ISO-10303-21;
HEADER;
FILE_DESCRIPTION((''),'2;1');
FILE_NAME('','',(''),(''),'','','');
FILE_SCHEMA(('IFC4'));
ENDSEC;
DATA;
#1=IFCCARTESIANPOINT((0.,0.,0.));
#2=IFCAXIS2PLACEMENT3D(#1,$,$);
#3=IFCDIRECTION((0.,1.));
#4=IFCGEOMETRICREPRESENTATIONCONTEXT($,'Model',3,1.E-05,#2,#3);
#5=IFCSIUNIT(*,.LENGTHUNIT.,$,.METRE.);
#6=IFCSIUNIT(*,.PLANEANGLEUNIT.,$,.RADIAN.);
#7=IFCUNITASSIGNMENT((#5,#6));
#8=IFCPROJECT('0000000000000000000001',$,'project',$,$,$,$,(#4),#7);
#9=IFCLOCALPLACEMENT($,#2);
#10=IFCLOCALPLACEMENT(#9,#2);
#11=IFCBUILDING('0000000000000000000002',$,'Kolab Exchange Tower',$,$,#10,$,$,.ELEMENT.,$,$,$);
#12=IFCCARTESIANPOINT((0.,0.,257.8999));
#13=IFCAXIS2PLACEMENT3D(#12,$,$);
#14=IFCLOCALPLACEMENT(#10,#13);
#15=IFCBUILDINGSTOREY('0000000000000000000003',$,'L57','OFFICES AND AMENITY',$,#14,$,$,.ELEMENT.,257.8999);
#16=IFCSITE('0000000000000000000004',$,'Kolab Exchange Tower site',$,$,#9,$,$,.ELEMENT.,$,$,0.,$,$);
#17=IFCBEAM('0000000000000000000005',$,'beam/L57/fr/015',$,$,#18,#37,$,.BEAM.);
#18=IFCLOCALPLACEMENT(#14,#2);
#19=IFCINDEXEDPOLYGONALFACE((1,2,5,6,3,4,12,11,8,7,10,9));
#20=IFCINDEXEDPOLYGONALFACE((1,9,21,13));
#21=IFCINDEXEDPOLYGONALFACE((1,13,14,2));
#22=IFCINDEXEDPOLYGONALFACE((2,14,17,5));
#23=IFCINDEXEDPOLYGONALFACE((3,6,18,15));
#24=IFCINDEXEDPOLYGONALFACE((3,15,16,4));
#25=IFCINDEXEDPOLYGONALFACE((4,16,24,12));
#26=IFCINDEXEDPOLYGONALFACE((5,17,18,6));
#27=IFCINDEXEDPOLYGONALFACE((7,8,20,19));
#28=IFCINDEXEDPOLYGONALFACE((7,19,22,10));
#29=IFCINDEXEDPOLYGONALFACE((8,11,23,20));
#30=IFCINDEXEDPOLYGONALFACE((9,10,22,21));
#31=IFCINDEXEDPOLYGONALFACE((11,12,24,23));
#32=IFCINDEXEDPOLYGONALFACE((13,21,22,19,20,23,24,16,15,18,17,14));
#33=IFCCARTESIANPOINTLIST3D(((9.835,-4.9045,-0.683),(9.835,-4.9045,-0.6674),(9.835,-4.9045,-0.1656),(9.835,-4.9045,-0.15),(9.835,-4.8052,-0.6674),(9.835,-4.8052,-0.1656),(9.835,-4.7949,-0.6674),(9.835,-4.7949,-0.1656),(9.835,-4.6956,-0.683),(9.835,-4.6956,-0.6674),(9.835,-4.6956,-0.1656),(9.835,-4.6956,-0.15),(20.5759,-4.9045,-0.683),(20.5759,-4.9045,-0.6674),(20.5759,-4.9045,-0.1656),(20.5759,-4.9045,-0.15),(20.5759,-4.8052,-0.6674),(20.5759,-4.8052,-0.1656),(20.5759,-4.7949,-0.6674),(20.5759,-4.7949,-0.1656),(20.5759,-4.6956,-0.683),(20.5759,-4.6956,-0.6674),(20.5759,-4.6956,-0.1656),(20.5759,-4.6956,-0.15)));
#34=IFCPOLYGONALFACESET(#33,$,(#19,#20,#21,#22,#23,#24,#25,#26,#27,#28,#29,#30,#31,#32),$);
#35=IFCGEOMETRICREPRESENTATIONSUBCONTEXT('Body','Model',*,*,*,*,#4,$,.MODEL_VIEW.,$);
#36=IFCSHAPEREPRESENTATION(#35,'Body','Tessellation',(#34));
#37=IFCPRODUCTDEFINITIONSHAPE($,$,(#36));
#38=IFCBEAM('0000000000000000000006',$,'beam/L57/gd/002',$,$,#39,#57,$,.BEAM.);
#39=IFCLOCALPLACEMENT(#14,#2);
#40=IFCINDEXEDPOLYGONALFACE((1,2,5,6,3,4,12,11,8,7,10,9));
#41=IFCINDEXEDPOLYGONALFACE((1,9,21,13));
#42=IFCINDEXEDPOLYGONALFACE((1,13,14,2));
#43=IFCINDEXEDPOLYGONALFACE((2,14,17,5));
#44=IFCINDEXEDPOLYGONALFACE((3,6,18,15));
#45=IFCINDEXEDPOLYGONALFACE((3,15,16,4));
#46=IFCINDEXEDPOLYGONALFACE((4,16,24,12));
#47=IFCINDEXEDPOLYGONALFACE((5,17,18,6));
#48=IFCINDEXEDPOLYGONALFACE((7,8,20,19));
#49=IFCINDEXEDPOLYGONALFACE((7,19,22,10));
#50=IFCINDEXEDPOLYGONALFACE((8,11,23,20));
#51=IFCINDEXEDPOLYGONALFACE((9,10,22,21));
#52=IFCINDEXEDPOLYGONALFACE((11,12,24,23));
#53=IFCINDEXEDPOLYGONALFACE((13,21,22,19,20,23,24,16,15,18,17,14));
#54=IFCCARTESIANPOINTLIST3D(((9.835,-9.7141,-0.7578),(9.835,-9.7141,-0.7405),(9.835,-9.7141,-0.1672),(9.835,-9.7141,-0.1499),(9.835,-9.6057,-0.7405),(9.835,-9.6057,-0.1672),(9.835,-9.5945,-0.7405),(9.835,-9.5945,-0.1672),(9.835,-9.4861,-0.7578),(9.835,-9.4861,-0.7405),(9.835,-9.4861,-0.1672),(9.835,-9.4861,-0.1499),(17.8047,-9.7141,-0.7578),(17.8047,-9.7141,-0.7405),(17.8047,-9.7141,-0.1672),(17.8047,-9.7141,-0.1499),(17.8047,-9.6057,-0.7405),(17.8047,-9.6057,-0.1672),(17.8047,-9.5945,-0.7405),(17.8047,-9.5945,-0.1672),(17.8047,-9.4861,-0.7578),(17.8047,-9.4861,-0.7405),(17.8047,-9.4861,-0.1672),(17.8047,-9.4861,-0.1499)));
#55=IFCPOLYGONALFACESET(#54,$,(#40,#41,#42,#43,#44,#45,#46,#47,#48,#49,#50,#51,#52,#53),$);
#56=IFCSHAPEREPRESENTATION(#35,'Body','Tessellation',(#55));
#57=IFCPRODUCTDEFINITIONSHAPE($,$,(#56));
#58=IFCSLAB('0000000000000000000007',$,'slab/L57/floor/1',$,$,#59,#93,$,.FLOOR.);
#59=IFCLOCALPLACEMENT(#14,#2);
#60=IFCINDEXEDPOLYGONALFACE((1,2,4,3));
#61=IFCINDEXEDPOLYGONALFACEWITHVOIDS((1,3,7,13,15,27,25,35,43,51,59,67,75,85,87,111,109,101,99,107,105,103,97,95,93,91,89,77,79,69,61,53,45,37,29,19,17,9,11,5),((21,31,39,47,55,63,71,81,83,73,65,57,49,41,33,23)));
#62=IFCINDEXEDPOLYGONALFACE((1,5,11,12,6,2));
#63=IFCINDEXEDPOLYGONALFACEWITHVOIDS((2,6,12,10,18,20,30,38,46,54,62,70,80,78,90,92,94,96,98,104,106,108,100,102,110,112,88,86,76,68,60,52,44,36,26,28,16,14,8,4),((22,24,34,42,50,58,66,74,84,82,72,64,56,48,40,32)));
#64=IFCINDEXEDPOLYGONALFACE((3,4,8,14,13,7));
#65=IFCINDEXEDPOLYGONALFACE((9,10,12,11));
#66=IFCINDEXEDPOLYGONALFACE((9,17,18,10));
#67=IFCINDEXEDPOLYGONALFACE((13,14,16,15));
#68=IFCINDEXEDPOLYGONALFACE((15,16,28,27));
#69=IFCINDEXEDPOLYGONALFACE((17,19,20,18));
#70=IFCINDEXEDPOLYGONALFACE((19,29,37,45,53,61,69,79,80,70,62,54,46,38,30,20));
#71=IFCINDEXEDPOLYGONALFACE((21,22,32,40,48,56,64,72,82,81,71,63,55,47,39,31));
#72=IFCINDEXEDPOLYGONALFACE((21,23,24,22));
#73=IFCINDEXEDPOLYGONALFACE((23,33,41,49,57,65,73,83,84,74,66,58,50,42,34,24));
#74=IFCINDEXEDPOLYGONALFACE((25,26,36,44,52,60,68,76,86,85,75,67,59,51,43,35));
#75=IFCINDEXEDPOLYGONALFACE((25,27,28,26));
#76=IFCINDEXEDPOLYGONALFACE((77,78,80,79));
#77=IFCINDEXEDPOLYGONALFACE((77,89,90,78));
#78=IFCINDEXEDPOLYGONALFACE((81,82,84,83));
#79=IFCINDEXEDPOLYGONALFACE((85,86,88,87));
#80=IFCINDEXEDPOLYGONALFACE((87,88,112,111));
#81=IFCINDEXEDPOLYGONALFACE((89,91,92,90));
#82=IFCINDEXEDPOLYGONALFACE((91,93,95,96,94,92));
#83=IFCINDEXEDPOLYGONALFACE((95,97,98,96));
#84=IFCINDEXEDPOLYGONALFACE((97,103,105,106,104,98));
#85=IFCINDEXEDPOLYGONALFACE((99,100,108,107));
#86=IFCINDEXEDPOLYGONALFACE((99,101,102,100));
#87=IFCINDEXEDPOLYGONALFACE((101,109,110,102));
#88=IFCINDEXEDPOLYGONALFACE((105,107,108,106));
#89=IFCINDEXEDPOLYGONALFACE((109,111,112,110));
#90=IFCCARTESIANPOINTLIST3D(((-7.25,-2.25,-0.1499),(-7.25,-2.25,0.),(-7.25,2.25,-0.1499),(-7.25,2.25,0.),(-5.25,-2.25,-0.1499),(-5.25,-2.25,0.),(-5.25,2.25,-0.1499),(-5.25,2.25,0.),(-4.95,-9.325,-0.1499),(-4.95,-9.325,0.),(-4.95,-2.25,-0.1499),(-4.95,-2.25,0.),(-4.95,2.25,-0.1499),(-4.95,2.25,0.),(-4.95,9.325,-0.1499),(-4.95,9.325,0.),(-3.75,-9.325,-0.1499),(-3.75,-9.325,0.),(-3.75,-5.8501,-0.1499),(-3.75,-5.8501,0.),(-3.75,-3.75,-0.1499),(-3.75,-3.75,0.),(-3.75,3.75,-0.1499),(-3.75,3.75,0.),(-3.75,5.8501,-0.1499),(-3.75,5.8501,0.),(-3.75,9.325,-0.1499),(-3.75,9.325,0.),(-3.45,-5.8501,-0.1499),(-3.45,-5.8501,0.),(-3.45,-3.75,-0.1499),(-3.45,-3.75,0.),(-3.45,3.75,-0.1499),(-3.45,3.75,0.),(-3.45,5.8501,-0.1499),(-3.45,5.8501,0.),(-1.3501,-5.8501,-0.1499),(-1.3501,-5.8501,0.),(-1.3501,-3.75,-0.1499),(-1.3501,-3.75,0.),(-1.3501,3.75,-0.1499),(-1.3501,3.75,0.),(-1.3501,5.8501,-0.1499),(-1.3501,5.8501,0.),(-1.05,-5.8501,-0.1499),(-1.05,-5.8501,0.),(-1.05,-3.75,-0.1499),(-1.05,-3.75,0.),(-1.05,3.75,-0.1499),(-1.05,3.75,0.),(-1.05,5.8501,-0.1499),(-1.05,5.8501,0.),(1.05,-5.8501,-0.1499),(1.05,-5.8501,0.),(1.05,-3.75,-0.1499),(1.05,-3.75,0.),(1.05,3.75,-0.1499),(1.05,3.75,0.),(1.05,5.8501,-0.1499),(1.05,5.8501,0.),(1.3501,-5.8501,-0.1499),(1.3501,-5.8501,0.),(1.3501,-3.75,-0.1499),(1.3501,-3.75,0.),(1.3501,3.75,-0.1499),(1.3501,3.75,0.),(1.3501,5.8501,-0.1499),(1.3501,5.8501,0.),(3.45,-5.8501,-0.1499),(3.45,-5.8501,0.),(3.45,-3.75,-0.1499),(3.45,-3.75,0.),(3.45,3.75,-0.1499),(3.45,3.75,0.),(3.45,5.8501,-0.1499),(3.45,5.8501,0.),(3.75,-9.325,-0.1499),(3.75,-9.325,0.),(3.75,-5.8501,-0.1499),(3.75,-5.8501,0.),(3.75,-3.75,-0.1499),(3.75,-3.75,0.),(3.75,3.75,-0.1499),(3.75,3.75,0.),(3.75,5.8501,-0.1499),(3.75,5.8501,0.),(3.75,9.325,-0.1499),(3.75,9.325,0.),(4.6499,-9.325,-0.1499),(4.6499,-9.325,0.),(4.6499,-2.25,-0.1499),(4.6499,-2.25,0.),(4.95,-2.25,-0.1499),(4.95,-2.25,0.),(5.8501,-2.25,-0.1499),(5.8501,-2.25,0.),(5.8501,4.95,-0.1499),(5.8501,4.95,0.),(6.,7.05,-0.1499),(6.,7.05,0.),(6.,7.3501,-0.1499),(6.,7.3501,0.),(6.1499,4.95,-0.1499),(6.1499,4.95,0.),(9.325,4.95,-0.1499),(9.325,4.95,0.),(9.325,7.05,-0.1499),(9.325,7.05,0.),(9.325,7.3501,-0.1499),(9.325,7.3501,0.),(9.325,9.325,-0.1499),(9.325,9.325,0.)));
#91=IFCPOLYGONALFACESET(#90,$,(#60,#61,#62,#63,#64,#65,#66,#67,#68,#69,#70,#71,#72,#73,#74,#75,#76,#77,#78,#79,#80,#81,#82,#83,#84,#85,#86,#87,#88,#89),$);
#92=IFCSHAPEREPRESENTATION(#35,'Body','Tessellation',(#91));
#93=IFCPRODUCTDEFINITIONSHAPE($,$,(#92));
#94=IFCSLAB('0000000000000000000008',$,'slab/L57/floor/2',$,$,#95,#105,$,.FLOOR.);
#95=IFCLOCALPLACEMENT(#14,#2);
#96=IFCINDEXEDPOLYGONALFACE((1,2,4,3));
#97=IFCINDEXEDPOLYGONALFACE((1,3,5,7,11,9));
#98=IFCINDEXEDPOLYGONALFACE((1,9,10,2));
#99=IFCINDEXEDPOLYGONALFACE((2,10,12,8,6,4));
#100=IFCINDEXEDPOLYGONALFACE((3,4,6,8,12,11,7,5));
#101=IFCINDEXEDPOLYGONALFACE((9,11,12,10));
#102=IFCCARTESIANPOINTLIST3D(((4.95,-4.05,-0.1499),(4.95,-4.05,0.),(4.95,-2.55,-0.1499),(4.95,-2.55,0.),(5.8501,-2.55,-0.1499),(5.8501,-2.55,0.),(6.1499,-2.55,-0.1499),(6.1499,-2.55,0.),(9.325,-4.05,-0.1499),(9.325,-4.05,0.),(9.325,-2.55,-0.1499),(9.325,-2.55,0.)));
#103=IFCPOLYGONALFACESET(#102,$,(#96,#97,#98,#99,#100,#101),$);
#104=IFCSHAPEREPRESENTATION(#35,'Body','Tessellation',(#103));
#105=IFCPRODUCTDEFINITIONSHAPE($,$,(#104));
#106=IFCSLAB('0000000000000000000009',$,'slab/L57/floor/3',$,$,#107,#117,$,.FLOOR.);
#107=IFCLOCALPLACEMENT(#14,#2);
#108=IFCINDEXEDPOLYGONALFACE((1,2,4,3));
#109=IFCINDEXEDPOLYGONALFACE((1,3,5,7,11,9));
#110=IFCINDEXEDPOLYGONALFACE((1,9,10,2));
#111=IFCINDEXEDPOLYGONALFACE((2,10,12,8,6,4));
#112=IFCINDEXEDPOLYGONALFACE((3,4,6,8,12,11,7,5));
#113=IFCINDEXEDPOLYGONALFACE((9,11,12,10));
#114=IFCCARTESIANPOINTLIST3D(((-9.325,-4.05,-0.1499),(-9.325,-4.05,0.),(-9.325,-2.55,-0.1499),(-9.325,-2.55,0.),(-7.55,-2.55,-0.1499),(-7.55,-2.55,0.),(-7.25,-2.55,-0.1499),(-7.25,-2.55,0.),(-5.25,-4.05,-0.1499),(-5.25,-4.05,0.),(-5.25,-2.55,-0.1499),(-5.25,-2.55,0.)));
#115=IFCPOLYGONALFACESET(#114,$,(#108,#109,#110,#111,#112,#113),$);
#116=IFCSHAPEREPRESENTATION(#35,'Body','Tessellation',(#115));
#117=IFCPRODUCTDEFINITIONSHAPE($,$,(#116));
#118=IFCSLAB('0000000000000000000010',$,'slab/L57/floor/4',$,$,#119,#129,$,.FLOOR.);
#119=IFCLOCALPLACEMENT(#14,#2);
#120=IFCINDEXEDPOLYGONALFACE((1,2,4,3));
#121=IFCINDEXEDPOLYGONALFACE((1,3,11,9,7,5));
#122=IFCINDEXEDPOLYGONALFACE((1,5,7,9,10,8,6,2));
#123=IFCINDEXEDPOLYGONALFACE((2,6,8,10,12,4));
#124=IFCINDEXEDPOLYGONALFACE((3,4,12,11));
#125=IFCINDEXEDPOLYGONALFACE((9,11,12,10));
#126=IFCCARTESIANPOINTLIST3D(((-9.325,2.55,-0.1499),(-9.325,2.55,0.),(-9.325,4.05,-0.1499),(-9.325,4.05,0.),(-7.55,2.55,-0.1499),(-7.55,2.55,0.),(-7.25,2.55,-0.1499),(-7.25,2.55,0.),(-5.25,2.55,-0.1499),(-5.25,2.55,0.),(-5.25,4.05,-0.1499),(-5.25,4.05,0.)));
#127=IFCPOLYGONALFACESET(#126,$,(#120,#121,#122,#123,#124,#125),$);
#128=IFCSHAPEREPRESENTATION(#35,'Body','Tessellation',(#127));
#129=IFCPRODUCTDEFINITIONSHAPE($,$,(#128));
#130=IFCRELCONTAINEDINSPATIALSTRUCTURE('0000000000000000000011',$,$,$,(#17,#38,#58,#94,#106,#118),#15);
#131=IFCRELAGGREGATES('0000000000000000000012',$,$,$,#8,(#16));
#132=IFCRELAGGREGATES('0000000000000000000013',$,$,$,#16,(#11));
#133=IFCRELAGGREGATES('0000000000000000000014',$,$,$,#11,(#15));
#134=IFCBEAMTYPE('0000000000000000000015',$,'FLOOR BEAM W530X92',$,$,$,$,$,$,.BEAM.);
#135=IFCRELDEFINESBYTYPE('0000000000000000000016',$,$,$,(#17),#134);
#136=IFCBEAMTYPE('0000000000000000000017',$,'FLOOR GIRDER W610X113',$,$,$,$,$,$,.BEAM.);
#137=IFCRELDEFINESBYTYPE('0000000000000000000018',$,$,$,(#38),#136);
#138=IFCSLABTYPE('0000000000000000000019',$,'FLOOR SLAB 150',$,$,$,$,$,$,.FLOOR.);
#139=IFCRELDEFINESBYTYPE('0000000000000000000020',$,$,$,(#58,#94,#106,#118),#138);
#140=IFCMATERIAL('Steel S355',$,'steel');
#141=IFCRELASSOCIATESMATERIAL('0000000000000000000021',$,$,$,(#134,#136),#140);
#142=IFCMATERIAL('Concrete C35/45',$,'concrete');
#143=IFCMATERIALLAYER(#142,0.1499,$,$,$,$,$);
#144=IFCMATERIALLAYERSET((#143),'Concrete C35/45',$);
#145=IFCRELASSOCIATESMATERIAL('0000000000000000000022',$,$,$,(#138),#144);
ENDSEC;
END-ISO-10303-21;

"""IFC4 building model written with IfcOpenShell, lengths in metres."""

from ifc_helpers import new_model, si_unit, direction, frame, origin, origin_2d, place, context, subcontext, project, spatial, polyline, i_section, outline, extrude, material, layer, layer_set, material_profile, profile_set, type_object, element, save


model = new_model("IFC4")

# Units and contexts
model_context = context("Model", 3, precision=1e-05, world=origin(), true_north=direction((0.0, 1.0)))
body_context = subcontext(model_context, "Body", "Model", "MODEL_VIEW")
ifc_project = project(units=[si_unit("LENGTHUNIT", "METRE"), si_unit("PLANEANGLEUNIT", "RADIAN")], contexts=[model_context])

# Site, building, storey
site_placement = place(None, origin())
site = spatial("IfcSite", under=ifc_project, at=site_placement, Name="Kolab Exchange Tower site", CompositionType="ELEMENT", RefElevation=0.0)
building_placement = place(site_placement, origin())
building = spatial("IfcBuilding", under=site, at=building_placement, Name="Kolab Exchange Tower", CompositionType="ELEMENT")
storey_placement = place(building_placement, frame((0.0, 0.0, 257.8999)))
storey = spatial("IfcBuildingStorey", under=building, at=storey_placement, Name="L57", Description="OFFICES AND AMENITY", CompositionType="ELEMENT", Elevation=257.8999)

# Beams
ifc_material_1 = material(Name="Steel S355", Category="steel")
ifc_material_profile_1 = material_profile(ifc_material_1, i_section(OverallWidth=0.209, OverallDepth=0.533, WebThickness=0.0103, FlangeThickness=0.0156, at=origin_2d()), Name="W530X92")
ifc_profile_set_1 = profile_set([ifc_material_profile_1], Name="Steel S355")
beam_type_1 = type_object("IfcBeamType", Name="FLOOR BEAM W530X92", PredefinedType="BEAM", material=ifc_profile_set_1)
beam_1_placement = place(storey_placement, frame((9.835, -4.8, -0.4165), z_axis=(1.0, 0.0, 0.0), x_axis=(0.0, 1.0, 0.0)))
element("IfcBeam", 1, at=beam_1_placement, inside=storey, type_object=beam_type_1, Name="beam/L57/fr/015", PredefinedType="BEAM", context=body_context, shape_type="SweptSolid", body=[
    extrude(i_section(OverallWidth=0.209, OverallDepth=0.533, WebThickness=0.0103, FlangeThickness=0.0156, at=origin_2d()), origin(), (0.0, 0.0, 1.0), 10.741),
])
ifc_material_profile_2 = material_profile(ifc_material_1, i_section(OverallWidth=0.228, OverallDepth=0.6079, WebThickness=0.0112, FlangeThickness=0.0173, at=origin_2d()), Name="W610X113")
ifc_profile_set_2 = profile_set([ifc_material_profile_2], Name="Steel S355")
beam_type_2 = type_object("IfcBeamType", Name="FLOOR GIRDER W610X113", PredefinedType="BEAM", material=ifc_profile_set_2)
beam_2_placement = place(storey_placement, frame((9.835, -9.6001, -0.4539), z_axis=(1.0, 0.0, 0.0), x_axis=(0.0, 1.0, 0.0)))
element("IfcBeam", 2, at=beam_2_placement, inside=storey, type_object=beam_type_2, Name="beam/L57/gd/002", PredefinedType="BEAM", context=body_context, shape_type="SweptSolid", body=[
    extrude(i_section(OverallWidth=0.228, OverallDepth=0.6079, WebThickness=0.0112, FlangeThickness=0.0173, at=origin_2d()), origin(), (0.0, 0.0, 1.0), 7.9697),
])

# Slabs
ifc_material_2 = material(Name="Concrete C35/45", Category="concrete")
ifc_layer_1 = layer(ifc_material_2, 0.1499)
ifc_layer_set_1 = layer_set([ifc_layer_1], Name="Concrete C35/45")
slab_type_1 = type_object("IfcSlabType", Name="FLOOR SLAB 150", PredefinedType="FLOOR", material=ifc_layer_set_1)
slab_1_placement = place(storey_placement, frame((0.0, 0.0, -0.1499)))
element("IfcSlab", 3, at=slab_1_placement, inside=storey, type_object=slab_type_1, Name="slab/L57/floor/1", PredefinedType="FLOOR", context=body_context, shape_type="SweptSolid", body=[
    extrude(outline(polyline([(-4.95, 9.325), (-4.95, 2.25), (-5.25, 2.25), (-7.25, 2.25), (-7.25, -2.25), (-5.25, -2.25), (-4.95, -2.25), (-4.95, -9.325), (-3.75, -9.325), (-3.75, -5.8501), (-3.45, -5.8501), (-1.3501, -5.8501), (-1.05, -5.8501), (1.05, -5.8501), (1.3501, -5.8501), (3.45, -5.8501), (3.75, -5.8501), (3.75, -9.325), (4.6499, -9.325), (4.6499, -2.25), (4.95, -2.25), (5.8501, -2.25), (5.8501, 4.95), (6.1499, 4.95), (9.325, 4.95), (9.325, 7.05), (6.0, 7.05), (6.0, 7.3501), (9.325, 7.3501), (9.325, 9.325), (3.75, 9.325), (3.75, 5.8501), (3.45, 5.8501), (1.3501, 5.8501), (1.05, 5.8501), (-1.05, 5.8501), (-1.3501, 5.8501), (-3.45, 5.8501), (-3.75, 5.8501), (-3.75, 9.325), (-4.95, 9.325)]), holes=[polyline([(-3.45, -3.75), (-3.75, -3.75), (-3.75, 3.75), (-3.45, 3.75), (-1.3501, 3.75), (-1.05, 3.75), (1.05, 3.75), (1.3501, 3.75), (3.45, 3.75), (3.75, 3.75), (3.75, -3.75), (3.45, -3.75), (1.3501, -3.75), (1.05, -3.75), (-1.05, -3.75), (-1.3501, -3.75), (-3.45, -3.75)])]), origin(), (0.0, 0.0, 1.0), 0.1499),
])
slab_2_placement = place(storey_placement, frame((0.0, 0.0, -0.1499)))
element("IfcSlab", 4, at=slab_2_placement, inside=storey, type_object=slab_type_1, Name="slab/L57/floor/2", PredefinedType="FLOOR", context=body_context, shape_type="SweptSolid", body=[
    extrude(outline(polyline([(4.95, -2.55), (4.95, -4.05), (9.325, -4.05), (9.325, -2.55), (6.1499, -2.55), (5.8501, -2.55), (4.95, -2.55)])), origin(), (0.0, 0.0, 1.0), 0.1499),
])
slab_3_placement = place(storey_placement, frame((0.0, 0.0, -0.1499)))
element("IfcSlab", 5, at=slab_3_placement, inside=storey, type_object=slab_type_1, Name="slab/L57/floor/3", PredefinedType="FLOOR", context=body_context, shape_type="SweptSolid", body=[
    extrude(outline(polyline([(-7.55, -2.55), (-9.325, -2.55), (-9.325, -4.05), (-5.25, -4.05), (-5.25, -2.55), (-7.25, -2.55), (-7.55, -2.55)])), origin(), (0.0, 0.0, 1.0), 0.1499),
])
slab_4_placement = place(storey_placement, frame((0.0, 0.0, -0.1499)))
element("IfcSlab", 6, at=slab_4_placement, inside=storey, type_object=slab_type_1, Name="slab/L57/floor/4", PredefinedType="FLOOR", context=body_context, shape_type="SweptSolid", body=[
    extrude(outline(polyline([(-9.325, 4.05), (-9.325, 2.55), (-7.55, 2.55), (-7.25, 2.55), (-5.25, 2.55), (-5.25, 4.05), (-9.325, 4.05)])), origin(), (0.0, 0.0, 1.0), 0.1499),
])

save(model, "model.ifc")
